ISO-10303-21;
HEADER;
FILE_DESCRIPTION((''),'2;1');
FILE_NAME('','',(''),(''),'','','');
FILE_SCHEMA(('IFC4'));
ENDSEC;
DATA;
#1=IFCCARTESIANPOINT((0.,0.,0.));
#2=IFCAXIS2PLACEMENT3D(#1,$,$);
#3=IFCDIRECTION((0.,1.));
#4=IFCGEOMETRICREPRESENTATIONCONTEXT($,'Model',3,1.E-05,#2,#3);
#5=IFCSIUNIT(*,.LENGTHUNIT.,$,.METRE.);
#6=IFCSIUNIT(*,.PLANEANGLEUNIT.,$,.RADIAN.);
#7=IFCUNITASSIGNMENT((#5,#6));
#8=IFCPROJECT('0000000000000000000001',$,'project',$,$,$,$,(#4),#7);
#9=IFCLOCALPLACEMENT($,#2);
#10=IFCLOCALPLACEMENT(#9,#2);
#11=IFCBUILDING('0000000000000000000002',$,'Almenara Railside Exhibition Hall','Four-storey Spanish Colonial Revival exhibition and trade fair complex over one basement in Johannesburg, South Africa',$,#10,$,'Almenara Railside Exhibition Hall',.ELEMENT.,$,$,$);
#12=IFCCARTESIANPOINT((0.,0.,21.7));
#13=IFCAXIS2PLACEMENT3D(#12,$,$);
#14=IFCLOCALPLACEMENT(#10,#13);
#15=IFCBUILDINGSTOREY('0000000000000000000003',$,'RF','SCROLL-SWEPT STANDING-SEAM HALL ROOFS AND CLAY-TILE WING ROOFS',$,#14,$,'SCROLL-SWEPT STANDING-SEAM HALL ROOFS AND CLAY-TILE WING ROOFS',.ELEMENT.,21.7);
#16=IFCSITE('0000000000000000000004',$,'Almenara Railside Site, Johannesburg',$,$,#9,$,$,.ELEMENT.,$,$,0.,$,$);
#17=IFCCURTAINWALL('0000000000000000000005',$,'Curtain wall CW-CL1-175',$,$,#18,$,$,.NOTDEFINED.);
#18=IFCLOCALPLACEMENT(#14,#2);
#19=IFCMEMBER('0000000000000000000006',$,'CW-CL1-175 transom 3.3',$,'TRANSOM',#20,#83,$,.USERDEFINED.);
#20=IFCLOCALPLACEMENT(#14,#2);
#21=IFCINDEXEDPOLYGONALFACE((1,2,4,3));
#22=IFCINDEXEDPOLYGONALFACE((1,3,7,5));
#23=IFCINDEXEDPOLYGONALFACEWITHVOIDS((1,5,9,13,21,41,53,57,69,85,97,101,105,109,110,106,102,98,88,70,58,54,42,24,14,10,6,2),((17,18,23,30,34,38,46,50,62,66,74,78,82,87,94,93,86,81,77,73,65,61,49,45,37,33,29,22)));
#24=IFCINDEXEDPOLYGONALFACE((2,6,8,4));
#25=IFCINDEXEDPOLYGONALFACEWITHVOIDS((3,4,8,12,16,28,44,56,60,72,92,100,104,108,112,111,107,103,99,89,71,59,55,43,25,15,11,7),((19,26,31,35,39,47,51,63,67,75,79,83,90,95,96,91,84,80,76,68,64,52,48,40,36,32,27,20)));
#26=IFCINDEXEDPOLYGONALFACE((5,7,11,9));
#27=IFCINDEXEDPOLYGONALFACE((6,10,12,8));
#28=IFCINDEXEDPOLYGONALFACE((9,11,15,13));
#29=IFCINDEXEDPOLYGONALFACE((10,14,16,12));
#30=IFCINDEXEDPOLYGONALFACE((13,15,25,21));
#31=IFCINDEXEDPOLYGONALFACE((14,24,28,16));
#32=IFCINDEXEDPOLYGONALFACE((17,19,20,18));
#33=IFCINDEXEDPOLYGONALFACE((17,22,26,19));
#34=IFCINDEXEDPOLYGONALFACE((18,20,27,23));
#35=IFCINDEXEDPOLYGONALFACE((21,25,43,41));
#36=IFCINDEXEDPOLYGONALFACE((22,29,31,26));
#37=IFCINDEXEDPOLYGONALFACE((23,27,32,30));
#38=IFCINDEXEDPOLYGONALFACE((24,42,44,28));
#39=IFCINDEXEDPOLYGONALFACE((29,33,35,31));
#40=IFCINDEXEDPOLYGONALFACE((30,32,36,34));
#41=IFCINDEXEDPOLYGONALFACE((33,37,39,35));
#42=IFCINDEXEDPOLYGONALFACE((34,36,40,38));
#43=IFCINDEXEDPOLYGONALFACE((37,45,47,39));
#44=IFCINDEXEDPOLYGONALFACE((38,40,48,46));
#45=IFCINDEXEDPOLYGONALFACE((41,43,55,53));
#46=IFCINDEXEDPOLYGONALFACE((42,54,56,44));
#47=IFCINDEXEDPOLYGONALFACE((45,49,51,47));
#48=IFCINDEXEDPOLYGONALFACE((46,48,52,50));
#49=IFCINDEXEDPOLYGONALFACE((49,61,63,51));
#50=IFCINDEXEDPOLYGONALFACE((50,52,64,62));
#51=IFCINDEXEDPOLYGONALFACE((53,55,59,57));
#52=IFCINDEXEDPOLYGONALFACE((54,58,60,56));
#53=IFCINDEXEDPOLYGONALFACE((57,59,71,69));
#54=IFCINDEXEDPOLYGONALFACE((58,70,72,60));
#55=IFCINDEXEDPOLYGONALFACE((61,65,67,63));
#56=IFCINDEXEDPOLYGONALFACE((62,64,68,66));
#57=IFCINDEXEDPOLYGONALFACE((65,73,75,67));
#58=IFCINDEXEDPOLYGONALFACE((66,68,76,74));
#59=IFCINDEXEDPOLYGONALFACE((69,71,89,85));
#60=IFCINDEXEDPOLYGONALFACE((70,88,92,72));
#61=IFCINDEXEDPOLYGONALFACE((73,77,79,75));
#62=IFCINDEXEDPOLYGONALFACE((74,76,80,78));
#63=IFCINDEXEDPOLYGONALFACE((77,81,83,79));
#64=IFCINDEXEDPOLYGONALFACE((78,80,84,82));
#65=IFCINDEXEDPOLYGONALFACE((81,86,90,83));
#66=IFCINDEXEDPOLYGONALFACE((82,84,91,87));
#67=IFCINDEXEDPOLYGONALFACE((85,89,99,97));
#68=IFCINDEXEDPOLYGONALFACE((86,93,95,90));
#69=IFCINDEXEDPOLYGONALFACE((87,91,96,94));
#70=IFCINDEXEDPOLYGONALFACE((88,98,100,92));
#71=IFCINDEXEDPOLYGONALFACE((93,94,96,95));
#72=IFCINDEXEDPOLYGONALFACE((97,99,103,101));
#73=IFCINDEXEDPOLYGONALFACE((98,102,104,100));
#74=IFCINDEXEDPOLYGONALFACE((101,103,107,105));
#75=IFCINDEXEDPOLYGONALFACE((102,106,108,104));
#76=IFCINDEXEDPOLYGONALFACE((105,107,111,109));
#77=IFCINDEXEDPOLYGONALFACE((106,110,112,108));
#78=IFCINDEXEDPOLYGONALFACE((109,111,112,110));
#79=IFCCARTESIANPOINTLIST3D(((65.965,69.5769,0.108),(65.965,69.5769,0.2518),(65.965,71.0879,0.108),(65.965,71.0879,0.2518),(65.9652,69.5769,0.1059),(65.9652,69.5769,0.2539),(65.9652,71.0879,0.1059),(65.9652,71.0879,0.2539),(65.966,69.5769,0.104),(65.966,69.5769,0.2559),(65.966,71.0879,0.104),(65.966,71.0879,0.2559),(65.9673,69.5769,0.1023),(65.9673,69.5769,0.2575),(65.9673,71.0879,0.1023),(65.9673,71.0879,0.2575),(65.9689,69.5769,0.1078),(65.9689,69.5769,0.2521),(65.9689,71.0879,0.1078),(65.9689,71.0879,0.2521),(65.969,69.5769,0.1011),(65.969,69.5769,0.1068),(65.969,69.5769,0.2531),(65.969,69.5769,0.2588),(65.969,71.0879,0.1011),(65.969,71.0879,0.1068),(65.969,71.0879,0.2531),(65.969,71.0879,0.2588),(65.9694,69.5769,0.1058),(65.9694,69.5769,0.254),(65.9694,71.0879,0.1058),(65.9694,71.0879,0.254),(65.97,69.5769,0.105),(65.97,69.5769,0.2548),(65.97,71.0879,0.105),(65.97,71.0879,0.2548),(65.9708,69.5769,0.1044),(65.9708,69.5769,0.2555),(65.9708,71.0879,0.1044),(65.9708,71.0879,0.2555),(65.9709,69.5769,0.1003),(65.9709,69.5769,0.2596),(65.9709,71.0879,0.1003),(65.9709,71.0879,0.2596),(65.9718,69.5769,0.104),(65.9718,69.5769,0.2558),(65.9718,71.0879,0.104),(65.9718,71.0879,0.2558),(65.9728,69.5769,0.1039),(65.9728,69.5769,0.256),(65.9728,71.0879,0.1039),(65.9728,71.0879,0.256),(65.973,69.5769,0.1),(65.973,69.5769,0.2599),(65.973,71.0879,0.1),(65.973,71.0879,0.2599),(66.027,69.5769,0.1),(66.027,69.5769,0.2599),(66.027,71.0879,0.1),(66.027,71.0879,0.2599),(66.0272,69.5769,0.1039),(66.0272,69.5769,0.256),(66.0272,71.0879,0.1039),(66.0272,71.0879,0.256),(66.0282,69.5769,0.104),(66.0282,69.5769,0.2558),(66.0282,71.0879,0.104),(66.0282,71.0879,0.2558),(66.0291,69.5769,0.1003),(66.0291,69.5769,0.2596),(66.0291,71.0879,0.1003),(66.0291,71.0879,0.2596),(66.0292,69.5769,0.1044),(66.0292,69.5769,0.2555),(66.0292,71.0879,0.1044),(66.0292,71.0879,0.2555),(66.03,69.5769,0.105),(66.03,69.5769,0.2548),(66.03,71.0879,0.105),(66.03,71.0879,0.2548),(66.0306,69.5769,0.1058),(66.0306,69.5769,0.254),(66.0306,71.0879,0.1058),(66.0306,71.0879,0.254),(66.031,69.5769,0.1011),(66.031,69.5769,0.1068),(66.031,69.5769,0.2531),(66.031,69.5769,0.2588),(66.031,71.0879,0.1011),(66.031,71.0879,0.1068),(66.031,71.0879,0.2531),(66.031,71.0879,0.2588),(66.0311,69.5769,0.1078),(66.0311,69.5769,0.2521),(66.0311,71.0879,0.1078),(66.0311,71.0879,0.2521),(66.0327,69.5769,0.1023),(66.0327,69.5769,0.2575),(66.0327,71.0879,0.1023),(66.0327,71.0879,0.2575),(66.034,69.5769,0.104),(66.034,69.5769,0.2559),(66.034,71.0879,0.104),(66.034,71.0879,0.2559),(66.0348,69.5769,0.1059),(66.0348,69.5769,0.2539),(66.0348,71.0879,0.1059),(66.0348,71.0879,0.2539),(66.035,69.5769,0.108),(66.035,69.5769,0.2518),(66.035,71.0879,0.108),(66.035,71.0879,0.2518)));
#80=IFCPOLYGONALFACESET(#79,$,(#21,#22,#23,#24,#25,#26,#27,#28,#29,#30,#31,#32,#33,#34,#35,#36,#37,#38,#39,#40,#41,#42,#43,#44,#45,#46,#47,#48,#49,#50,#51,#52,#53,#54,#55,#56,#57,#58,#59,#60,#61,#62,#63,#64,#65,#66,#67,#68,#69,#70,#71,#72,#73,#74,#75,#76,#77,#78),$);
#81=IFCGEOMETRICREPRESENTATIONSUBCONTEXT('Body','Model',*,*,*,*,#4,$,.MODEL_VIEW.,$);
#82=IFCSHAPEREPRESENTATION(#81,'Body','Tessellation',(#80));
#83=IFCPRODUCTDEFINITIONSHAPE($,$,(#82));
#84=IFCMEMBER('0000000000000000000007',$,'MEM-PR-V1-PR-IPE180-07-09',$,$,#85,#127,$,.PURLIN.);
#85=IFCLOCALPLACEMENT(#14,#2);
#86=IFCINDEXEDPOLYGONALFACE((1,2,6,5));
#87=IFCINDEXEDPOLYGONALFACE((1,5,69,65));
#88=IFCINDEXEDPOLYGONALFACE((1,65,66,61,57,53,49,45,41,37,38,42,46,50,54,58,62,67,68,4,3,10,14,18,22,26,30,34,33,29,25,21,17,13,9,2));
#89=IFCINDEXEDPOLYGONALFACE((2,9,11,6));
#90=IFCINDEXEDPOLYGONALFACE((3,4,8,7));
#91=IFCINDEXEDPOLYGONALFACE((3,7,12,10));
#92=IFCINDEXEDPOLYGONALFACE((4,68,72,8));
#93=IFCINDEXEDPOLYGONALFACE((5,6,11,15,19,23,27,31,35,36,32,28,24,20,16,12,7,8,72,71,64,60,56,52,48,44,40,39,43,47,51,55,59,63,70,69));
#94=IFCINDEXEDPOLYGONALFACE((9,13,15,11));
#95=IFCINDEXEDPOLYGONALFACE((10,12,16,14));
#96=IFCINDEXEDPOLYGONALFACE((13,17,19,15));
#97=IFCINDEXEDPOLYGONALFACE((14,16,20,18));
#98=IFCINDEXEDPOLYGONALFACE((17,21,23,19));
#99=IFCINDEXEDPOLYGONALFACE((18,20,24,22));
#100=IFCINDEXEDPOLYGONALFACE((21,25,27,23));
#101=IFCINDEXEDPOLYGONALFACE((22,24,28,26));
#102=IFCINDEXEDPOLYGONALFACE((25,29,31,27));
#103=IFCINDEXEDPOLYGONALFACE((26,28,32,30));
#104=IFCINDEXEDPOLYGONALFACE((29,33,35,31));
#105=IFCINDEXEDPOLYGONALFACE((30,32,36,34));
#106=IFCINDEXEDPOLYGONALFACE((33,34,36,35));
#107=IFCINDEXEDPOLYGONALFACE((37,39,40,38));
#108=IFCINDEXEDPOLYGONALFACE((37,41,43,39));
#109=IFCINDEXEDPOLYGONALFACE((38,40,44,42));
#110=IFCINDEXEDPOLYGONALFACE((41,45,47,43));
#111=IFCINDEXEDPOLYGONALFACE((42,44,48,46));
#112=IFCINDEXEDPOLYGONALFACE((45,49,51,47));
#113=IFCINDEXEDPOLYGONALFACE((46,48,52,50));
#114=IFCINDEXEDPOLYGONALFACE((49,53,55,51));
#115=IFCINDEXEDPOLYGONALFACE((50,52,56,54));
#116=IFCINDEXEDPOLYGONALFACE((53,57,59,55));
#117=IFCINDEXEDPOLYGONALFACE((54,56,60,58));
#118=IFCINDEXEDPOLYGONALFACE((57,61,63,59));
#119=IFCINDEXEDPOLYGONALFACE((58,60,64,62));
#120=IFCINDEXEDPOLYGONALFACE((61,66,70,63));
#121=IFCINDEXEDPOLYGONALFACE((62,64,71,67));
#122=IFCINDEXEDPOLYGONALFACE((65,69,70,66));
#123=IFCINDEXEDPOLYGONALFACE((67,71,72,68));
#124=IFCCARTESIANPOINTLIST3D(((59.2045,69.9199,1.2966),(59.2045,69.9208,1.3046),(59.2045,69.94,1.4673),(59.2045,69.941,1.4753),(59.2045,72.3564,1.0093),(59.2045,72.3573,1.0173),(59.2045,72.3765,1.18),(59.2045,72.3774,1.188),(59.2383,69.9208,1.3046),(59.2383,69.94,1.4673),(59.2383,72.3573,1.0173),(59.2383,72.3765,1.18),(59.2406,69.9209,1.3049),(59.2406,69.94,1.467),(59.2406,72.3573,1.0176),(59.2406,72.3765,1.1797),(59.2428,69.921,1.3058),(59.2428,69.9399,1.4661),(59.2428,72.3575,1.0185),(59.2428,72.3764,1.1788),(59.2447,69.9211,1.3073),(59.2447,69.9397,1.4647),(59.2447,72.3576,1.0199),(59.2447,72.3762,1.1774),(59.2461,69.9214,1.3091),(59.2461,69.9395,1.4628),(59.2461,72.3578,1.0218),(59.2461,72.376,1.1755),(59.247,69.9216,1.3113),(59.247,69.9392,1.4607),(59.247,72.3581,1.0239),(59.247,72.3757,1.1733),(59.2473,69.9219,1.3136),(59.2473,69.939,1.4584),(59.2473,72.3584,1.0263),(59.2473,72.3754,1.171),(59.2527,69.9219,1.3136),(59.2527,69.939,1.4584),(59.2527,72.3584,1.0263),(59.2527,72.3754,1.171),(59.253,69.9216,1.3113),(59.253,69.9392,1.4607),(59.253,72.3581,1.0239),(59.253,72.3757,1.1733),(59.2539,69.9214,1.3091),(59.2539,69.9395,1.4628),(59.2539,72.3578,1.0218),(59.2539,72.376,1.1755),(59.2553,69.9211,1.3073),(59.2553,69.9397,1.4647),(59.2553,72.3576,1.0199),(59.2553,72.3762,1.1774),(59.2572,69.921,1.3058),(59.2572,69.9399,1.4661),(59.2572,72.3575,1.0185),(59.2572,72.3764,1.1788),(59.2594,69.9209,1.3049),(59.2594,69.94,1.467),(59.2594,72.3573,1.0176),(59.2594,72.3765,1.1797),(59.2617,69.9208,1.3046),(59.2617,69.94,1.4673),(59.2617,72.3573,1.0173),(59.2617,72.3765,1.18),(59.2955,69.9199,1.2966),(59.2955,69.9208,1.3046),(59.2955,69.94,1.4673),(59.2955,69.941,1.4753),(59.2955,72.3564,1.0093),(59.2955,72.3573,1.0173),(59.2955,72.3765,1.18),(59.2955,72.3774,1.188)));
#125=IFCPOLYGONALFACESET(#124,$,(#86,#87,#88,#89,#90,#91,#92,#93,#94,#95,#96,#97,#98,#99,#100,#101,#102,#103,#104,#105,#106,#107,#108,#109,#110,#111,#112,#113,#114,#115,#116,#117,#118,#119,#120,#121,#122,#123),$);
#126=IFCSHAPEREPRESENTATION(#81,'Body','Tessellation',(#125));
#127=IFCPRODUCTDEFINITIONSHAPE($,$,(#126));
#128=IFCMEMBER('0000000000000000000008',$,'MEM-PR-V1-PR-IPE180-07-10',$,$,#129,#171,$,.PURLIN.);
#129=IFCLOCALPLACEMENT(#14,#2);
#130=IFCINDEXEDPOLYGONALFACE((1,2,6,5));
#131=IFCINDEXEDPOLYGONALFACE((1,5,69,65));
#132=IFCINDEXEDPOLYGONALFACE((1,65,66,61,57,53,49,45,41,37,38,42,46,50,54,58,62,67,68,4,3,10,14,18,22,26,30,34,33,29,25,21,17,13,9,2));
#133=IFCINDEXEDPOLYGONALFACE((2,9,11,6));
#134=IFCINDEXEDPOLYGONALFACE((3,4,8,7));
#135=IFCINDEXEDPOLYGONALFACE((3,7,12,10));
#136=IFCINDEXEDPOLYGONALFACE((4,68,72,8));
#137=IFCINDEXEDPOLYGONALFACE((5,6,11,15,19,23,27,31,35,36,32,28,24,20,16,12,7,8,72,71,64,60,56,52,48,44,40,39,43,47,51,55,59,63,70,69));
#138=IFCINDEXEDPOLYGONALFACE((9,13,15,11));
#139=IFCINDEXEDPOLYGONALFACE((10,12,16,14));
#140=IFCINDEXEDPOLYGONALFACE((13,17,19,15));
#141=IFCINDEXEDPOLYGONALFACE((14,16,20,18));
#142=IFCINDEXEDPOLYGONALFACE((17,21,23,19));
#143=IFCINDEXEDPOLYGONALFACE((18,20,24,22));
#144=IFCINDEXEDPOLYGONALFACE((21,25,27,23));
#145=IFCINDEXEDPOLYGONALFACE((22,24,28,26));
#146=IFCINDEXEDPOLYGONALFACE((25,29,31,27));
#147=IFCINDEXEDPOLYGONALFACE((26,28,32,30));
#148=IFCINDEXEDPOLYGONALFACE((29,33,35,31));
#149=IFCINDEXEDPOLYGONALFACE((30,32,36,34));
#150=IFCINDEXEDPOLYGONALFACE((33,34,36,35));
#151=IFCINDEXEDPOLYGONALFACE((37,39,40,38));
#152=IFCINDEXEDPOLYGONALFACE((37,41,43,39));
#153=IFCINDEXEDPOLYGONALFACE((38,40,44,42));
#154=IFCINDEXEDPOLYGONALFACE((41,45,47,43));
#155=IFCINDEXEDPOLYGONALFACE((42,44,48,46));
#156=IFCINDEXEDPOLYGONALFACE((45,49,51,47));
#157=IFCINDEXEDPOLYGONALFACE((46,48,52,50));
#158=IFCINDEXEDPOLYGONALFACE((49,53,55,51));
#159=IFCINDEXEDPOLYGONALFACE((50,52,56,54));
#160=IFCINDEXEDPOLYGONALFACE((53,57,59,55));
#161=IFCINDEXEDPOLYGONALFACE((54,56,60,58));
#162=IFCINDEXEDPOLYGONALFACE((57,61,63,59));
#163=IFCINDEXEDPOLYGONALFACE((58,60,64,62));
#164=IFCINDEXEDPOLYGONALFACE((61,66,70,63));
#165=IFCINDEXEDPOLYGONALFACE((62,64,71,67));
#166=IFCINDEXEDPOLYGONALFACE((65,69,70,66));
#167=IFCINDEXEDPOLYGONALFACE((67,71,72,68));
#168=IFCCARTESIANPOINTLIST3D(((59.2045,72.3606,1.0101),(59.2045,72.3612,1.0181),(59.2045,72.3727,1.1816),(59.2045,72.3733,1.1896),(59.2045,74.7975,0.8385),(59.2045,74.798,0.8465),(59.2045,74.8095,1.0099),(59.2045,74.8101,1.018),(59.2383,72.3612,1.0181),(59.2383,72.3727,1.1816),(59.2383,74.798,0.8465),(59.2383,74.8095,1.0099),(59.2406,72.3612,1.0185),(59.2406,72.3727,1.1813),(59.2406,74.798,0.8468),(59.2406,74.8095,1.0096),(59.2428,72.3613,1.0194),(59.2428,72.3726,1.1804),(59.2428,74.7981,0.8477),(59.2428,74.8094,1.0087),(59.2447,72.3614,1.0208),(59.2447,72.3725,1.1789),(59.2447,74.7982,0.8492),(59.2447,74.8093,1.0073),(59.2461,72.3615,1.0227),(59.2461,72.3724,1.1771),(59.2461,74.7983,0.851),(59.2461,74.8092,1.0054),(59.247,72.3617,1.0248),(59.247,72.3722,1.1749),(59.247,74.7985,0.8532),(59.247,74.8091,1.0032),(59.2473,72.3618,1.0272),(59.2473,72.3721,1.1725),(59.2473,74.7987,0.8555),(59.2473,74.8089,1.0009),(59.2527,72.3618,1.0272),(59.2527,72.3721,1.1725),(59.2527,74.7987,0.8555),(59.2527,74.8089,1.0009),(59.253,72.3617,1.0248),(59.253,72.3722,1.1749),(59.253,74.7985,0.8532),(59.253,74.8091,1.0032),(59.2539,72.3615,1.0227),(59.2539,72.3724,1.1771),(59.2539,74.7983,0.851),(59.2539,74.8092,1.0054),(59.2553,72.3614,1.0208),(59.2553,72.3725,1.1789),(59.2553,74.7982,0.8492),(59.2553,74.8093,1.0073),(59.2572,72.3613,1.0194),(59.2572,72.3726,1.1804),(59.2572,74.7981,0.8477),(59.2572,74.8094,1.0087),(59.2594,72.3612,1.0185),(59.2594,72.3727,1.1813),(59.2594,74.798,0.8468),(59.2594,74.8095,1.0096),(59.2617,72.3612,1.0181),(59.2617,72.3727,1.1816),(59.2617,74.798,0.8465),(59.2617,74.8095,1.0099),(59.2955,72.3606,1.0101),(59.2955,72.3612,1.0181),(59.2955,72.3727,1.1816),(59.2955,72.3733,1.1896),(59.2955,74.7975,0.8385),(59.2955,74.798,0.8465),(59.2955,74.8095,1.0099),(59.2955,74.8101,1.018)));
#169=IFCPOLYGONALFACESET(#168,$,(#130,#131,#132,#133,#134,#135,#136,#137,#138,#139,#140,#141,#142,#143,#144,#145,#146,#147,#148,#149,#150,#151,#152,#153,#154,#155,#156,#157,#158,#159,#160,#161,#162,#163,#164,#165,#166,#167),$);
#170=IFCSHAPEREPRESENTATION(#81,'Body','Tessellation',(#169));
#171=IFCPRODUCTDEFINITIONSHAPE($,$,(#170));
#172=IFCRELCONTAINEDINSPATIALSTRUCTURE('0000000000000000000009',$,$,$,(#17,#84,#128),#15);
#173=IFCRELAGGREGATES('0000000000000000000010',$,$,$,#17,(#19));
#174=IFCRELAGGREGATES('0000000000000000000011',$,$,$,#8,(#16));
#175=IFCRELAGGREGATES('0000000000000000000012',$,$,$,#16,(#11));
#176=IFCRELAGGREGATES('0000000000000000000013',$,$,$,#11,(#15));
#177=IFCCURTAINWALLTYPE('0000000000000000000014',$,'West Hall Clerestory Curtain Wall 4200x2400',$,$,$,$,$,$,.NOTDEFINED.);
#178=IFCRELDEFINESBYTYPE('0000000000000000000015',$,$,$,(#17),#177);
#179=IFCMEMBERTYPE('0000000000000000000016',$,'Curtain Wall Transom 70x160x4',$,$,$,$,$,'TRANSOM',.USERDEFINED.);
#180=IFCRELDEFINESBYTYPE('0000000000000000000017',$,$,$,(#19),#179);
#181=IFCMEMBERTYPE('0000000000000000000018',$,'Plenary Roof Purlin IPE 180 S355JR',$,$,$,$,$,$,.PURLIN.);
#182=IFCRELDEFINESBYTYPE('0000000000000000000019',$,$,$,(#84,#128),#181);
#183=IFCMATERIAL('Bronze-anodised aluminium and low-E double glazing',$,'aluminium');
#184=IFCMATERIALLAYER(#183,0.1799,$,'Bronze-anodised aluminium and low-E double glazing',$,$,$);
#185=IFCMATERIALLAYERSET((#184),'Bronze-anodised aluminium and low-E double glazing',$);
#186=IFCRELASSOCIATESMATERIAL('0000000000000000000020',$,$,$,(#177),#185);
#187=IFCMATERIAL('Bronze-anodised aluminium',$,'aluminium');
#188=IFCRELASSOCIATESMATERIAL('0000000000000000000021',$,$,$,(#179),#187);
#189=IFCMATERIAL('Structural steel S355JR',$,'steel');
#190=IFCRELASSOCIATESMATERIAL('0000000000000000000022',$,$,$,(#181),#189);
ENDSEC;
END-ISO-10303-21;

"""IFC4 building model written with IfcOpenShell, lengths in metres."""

from ifc_helpers import new_model, si_unit, direction, frame, origin, origin_2d, place, context, subcontext, project, spatial, hollow_rectangle, i_section, extrude, material, layer, layer_set, material_profile, profile_set, type_object, element, aggregate, save


model = new_model("IFC4")

# Units and contexts
model_context = context("Model", 3, precision=1e-05, world=origin(), true_north=direction((0.0, 1.0)))
body_context = subcontext(model_context, "Body", "Model", "MODEL_VIEW")
ifc_project = project(units=[si_unit("LENGTHUNIT", "METRE"), si_unit("PLANEANGLEUNIT", "RADIAN")], contexts=[model_context])

# Site, building, storey
site_placement = place(None, origin())
site = spatial("IfcSite", under=ifc_project, at=site_placement, Name="Almenara Railside Site, Johannesburg", CompositionType="ELEMENT", RefElevation=0.0)
building_placement = place(site_placement, origin())
building = spatial("IfcBuilding", under=site, at=building_placement, Name="Almenara Railside Exhibition Hall", Description="Four-storey Spanish Colonial Revival exhibition and trade fair complex over one basement in Johannesburg, South Africa", LongName="Almenara Railside Exhibition Hall", CompositionType="ELEMENT")
storey_placement = place(building_placement, frame((0.0, 0.0, 21.7)))
storey = spatial("IfcBuildingStorey", under=building, at=storey_placement, Name="RF", Description="SCROLL-SWEPT STANDING-SEAM HALL ROOFS AND CLAY-TILE WING ROOFS", LongName="SCROLL-SWEPT STANDING-SEAM HALL ROOFS AND CLAY-TILE WING ROOFS", CompositionType="ELEMENT", Elevation=21.7)

# Shared definitions
ifc_material_1 = material(Name="Structural steel S355JR", Category="steel")

# Curtain wall
ifc_material_2 = material(Name="Bronze-anodised aluminium and low-E double glazing", Category="aluminium")
ifc_layer_1 = layer(ifc_material_2, 0.1799, Name="Bronze-anodised aluminium and low-E double glazing")
ifc_layer_set_1 = layer_set([ifc_layer_1], Name="Bronze-anodised aluminium and low-E double glazing")
curtain_wall_type = type_object("IfcCurtainWallType", Name="West Hall Clerestory Curtain Wall 4200x2400", PredefinedType="NOTDEFINED", material=ifc_layer_set_1)
ifc_material_3 = material(Name="Bronze-anodised aluminium", Category="aluminium")
curtain_wall_1_placement = place(storey_placement, origin())
curtain_wall_1 = element("IfcCurtainWall", 1, at=curtain_wall_1_placement, inside=storey, type_object=curtain_wall_type, Name="Curtain wall CW-CL1-175", PredefinedType="NOTDEFINED")

# Member
ifc_material_profile_1 = material_profile(ifc_material_3, hollow_rectangle(XDim=0.0701, YDim=0.1599, WallThickness=0.0039, InnerFilletRadius=0.0039, OuterFilletRadius=0.0081, at=origin_2d()), Name="ALU-TRN 70x160x4")
ifc_profile_set_1 = profile_set([ifc_material_profile_1], Name="Bronze-anodised aluminium")
member_type_1 = type_object("IfcMemberType", Name="Curtain Wall Transom 70x160x4", ElementType="TRANSOM", PredefinedType="USERDEFINED", material=ifc_profile_set_1)
member_1_placement = place(storey_placement, frame((66.0, 69.5769, 0.1799), z_axis=(0.0, 1.0, 0.0), x_axis=(-1.0, 0.0, 0.0)))
member_1 = element("IfcMember", 2, at=member_1_placement, type_object=member_type_1, Name="CW-CL1-175 transom 3.3", ObjectType="TRANSOM", PredefinedType="USERDEFINED", context=body_context, shape_type="SweptSolid", body=[
    extrude(hollow_rectangle(XDim=0.0701, YDim=0.1599, WallThickness=0.0039, InnerFilletRadius=0.0039, OuterFilletRadius=0.0081, at=origin_2d()), origin(), (0.0, 0.0, 1.0), 1.511),
])

# Members
ifc_material_profile_2 = material_profile(ifc_material_1, i_section(OverallWidth=0.0911, OverallDepth=0.1799, WebThickness=0.0054, FlangeThickness=0.0081, FilletRadius=0.009, at=origin_2d()), Name="IPE 180")
ifc_profile_set_2 = profile_set([ifc_material_profile_2], Name="Structural steel S355JR")
member_type_2 = type_object("IfcMemberType", Name="Plenary Roof Purlin IPE 180 S355JR", PredefinedType="PURLIN", material=ifc_profile_set_2)
member_2_placement = place(storey_placement, frame((59.25, 69.9304, 1.386), z_axis=(0.0, 0.993117, -0.117124), x_axis=(-1.0, 0.0, 0.0)))
element("IfcMember", 3, at=member_2_placement, inside=storey, type_object=member_type_2, Name="MEM-PR-V1-PR-IPE180-07-09", PredefinedType="PURLIN", context=body_context, shape_type="SweptSolid", body=[
    extrude(i_section(OverallWidth=0.0911, OverallDepth=0.1799, WebThickness=0.0054, FlangeThickness=0.0081, FilletRadius=0.009, at=origin_2d()), origin(), (0.0, 0.0, 1.0), 2.4534),
])
member_3_placement = place(storey_placement, frame((59.25, 72.3669, 1.0999), z_axis=(0.0, 0.997529, -0.07026), x_axis=(-1.0, 0.0, 0.0)))
element("IfcMember", 4, at=member_3_placement, inside=storey, type_object=member_type_2, Name="MEM-PR-V1-PR-IPE180-07-10", PredefinedType="PURLIN", context=body_context, shape_type="SweptSolid", body=[
    extrude(i_section(OverallWidth=0.0911, OverallDepth=0.1799, WebThickness=0.0054, FlangeThickness=0.0081, FilletRadius=0.009, at=origin_2d()), origin(), (0.0, 0.0, 1.0), 2.4429),
])

aggregate(curtain_wall_1, [member_1])

save(model, "model.ifc")
